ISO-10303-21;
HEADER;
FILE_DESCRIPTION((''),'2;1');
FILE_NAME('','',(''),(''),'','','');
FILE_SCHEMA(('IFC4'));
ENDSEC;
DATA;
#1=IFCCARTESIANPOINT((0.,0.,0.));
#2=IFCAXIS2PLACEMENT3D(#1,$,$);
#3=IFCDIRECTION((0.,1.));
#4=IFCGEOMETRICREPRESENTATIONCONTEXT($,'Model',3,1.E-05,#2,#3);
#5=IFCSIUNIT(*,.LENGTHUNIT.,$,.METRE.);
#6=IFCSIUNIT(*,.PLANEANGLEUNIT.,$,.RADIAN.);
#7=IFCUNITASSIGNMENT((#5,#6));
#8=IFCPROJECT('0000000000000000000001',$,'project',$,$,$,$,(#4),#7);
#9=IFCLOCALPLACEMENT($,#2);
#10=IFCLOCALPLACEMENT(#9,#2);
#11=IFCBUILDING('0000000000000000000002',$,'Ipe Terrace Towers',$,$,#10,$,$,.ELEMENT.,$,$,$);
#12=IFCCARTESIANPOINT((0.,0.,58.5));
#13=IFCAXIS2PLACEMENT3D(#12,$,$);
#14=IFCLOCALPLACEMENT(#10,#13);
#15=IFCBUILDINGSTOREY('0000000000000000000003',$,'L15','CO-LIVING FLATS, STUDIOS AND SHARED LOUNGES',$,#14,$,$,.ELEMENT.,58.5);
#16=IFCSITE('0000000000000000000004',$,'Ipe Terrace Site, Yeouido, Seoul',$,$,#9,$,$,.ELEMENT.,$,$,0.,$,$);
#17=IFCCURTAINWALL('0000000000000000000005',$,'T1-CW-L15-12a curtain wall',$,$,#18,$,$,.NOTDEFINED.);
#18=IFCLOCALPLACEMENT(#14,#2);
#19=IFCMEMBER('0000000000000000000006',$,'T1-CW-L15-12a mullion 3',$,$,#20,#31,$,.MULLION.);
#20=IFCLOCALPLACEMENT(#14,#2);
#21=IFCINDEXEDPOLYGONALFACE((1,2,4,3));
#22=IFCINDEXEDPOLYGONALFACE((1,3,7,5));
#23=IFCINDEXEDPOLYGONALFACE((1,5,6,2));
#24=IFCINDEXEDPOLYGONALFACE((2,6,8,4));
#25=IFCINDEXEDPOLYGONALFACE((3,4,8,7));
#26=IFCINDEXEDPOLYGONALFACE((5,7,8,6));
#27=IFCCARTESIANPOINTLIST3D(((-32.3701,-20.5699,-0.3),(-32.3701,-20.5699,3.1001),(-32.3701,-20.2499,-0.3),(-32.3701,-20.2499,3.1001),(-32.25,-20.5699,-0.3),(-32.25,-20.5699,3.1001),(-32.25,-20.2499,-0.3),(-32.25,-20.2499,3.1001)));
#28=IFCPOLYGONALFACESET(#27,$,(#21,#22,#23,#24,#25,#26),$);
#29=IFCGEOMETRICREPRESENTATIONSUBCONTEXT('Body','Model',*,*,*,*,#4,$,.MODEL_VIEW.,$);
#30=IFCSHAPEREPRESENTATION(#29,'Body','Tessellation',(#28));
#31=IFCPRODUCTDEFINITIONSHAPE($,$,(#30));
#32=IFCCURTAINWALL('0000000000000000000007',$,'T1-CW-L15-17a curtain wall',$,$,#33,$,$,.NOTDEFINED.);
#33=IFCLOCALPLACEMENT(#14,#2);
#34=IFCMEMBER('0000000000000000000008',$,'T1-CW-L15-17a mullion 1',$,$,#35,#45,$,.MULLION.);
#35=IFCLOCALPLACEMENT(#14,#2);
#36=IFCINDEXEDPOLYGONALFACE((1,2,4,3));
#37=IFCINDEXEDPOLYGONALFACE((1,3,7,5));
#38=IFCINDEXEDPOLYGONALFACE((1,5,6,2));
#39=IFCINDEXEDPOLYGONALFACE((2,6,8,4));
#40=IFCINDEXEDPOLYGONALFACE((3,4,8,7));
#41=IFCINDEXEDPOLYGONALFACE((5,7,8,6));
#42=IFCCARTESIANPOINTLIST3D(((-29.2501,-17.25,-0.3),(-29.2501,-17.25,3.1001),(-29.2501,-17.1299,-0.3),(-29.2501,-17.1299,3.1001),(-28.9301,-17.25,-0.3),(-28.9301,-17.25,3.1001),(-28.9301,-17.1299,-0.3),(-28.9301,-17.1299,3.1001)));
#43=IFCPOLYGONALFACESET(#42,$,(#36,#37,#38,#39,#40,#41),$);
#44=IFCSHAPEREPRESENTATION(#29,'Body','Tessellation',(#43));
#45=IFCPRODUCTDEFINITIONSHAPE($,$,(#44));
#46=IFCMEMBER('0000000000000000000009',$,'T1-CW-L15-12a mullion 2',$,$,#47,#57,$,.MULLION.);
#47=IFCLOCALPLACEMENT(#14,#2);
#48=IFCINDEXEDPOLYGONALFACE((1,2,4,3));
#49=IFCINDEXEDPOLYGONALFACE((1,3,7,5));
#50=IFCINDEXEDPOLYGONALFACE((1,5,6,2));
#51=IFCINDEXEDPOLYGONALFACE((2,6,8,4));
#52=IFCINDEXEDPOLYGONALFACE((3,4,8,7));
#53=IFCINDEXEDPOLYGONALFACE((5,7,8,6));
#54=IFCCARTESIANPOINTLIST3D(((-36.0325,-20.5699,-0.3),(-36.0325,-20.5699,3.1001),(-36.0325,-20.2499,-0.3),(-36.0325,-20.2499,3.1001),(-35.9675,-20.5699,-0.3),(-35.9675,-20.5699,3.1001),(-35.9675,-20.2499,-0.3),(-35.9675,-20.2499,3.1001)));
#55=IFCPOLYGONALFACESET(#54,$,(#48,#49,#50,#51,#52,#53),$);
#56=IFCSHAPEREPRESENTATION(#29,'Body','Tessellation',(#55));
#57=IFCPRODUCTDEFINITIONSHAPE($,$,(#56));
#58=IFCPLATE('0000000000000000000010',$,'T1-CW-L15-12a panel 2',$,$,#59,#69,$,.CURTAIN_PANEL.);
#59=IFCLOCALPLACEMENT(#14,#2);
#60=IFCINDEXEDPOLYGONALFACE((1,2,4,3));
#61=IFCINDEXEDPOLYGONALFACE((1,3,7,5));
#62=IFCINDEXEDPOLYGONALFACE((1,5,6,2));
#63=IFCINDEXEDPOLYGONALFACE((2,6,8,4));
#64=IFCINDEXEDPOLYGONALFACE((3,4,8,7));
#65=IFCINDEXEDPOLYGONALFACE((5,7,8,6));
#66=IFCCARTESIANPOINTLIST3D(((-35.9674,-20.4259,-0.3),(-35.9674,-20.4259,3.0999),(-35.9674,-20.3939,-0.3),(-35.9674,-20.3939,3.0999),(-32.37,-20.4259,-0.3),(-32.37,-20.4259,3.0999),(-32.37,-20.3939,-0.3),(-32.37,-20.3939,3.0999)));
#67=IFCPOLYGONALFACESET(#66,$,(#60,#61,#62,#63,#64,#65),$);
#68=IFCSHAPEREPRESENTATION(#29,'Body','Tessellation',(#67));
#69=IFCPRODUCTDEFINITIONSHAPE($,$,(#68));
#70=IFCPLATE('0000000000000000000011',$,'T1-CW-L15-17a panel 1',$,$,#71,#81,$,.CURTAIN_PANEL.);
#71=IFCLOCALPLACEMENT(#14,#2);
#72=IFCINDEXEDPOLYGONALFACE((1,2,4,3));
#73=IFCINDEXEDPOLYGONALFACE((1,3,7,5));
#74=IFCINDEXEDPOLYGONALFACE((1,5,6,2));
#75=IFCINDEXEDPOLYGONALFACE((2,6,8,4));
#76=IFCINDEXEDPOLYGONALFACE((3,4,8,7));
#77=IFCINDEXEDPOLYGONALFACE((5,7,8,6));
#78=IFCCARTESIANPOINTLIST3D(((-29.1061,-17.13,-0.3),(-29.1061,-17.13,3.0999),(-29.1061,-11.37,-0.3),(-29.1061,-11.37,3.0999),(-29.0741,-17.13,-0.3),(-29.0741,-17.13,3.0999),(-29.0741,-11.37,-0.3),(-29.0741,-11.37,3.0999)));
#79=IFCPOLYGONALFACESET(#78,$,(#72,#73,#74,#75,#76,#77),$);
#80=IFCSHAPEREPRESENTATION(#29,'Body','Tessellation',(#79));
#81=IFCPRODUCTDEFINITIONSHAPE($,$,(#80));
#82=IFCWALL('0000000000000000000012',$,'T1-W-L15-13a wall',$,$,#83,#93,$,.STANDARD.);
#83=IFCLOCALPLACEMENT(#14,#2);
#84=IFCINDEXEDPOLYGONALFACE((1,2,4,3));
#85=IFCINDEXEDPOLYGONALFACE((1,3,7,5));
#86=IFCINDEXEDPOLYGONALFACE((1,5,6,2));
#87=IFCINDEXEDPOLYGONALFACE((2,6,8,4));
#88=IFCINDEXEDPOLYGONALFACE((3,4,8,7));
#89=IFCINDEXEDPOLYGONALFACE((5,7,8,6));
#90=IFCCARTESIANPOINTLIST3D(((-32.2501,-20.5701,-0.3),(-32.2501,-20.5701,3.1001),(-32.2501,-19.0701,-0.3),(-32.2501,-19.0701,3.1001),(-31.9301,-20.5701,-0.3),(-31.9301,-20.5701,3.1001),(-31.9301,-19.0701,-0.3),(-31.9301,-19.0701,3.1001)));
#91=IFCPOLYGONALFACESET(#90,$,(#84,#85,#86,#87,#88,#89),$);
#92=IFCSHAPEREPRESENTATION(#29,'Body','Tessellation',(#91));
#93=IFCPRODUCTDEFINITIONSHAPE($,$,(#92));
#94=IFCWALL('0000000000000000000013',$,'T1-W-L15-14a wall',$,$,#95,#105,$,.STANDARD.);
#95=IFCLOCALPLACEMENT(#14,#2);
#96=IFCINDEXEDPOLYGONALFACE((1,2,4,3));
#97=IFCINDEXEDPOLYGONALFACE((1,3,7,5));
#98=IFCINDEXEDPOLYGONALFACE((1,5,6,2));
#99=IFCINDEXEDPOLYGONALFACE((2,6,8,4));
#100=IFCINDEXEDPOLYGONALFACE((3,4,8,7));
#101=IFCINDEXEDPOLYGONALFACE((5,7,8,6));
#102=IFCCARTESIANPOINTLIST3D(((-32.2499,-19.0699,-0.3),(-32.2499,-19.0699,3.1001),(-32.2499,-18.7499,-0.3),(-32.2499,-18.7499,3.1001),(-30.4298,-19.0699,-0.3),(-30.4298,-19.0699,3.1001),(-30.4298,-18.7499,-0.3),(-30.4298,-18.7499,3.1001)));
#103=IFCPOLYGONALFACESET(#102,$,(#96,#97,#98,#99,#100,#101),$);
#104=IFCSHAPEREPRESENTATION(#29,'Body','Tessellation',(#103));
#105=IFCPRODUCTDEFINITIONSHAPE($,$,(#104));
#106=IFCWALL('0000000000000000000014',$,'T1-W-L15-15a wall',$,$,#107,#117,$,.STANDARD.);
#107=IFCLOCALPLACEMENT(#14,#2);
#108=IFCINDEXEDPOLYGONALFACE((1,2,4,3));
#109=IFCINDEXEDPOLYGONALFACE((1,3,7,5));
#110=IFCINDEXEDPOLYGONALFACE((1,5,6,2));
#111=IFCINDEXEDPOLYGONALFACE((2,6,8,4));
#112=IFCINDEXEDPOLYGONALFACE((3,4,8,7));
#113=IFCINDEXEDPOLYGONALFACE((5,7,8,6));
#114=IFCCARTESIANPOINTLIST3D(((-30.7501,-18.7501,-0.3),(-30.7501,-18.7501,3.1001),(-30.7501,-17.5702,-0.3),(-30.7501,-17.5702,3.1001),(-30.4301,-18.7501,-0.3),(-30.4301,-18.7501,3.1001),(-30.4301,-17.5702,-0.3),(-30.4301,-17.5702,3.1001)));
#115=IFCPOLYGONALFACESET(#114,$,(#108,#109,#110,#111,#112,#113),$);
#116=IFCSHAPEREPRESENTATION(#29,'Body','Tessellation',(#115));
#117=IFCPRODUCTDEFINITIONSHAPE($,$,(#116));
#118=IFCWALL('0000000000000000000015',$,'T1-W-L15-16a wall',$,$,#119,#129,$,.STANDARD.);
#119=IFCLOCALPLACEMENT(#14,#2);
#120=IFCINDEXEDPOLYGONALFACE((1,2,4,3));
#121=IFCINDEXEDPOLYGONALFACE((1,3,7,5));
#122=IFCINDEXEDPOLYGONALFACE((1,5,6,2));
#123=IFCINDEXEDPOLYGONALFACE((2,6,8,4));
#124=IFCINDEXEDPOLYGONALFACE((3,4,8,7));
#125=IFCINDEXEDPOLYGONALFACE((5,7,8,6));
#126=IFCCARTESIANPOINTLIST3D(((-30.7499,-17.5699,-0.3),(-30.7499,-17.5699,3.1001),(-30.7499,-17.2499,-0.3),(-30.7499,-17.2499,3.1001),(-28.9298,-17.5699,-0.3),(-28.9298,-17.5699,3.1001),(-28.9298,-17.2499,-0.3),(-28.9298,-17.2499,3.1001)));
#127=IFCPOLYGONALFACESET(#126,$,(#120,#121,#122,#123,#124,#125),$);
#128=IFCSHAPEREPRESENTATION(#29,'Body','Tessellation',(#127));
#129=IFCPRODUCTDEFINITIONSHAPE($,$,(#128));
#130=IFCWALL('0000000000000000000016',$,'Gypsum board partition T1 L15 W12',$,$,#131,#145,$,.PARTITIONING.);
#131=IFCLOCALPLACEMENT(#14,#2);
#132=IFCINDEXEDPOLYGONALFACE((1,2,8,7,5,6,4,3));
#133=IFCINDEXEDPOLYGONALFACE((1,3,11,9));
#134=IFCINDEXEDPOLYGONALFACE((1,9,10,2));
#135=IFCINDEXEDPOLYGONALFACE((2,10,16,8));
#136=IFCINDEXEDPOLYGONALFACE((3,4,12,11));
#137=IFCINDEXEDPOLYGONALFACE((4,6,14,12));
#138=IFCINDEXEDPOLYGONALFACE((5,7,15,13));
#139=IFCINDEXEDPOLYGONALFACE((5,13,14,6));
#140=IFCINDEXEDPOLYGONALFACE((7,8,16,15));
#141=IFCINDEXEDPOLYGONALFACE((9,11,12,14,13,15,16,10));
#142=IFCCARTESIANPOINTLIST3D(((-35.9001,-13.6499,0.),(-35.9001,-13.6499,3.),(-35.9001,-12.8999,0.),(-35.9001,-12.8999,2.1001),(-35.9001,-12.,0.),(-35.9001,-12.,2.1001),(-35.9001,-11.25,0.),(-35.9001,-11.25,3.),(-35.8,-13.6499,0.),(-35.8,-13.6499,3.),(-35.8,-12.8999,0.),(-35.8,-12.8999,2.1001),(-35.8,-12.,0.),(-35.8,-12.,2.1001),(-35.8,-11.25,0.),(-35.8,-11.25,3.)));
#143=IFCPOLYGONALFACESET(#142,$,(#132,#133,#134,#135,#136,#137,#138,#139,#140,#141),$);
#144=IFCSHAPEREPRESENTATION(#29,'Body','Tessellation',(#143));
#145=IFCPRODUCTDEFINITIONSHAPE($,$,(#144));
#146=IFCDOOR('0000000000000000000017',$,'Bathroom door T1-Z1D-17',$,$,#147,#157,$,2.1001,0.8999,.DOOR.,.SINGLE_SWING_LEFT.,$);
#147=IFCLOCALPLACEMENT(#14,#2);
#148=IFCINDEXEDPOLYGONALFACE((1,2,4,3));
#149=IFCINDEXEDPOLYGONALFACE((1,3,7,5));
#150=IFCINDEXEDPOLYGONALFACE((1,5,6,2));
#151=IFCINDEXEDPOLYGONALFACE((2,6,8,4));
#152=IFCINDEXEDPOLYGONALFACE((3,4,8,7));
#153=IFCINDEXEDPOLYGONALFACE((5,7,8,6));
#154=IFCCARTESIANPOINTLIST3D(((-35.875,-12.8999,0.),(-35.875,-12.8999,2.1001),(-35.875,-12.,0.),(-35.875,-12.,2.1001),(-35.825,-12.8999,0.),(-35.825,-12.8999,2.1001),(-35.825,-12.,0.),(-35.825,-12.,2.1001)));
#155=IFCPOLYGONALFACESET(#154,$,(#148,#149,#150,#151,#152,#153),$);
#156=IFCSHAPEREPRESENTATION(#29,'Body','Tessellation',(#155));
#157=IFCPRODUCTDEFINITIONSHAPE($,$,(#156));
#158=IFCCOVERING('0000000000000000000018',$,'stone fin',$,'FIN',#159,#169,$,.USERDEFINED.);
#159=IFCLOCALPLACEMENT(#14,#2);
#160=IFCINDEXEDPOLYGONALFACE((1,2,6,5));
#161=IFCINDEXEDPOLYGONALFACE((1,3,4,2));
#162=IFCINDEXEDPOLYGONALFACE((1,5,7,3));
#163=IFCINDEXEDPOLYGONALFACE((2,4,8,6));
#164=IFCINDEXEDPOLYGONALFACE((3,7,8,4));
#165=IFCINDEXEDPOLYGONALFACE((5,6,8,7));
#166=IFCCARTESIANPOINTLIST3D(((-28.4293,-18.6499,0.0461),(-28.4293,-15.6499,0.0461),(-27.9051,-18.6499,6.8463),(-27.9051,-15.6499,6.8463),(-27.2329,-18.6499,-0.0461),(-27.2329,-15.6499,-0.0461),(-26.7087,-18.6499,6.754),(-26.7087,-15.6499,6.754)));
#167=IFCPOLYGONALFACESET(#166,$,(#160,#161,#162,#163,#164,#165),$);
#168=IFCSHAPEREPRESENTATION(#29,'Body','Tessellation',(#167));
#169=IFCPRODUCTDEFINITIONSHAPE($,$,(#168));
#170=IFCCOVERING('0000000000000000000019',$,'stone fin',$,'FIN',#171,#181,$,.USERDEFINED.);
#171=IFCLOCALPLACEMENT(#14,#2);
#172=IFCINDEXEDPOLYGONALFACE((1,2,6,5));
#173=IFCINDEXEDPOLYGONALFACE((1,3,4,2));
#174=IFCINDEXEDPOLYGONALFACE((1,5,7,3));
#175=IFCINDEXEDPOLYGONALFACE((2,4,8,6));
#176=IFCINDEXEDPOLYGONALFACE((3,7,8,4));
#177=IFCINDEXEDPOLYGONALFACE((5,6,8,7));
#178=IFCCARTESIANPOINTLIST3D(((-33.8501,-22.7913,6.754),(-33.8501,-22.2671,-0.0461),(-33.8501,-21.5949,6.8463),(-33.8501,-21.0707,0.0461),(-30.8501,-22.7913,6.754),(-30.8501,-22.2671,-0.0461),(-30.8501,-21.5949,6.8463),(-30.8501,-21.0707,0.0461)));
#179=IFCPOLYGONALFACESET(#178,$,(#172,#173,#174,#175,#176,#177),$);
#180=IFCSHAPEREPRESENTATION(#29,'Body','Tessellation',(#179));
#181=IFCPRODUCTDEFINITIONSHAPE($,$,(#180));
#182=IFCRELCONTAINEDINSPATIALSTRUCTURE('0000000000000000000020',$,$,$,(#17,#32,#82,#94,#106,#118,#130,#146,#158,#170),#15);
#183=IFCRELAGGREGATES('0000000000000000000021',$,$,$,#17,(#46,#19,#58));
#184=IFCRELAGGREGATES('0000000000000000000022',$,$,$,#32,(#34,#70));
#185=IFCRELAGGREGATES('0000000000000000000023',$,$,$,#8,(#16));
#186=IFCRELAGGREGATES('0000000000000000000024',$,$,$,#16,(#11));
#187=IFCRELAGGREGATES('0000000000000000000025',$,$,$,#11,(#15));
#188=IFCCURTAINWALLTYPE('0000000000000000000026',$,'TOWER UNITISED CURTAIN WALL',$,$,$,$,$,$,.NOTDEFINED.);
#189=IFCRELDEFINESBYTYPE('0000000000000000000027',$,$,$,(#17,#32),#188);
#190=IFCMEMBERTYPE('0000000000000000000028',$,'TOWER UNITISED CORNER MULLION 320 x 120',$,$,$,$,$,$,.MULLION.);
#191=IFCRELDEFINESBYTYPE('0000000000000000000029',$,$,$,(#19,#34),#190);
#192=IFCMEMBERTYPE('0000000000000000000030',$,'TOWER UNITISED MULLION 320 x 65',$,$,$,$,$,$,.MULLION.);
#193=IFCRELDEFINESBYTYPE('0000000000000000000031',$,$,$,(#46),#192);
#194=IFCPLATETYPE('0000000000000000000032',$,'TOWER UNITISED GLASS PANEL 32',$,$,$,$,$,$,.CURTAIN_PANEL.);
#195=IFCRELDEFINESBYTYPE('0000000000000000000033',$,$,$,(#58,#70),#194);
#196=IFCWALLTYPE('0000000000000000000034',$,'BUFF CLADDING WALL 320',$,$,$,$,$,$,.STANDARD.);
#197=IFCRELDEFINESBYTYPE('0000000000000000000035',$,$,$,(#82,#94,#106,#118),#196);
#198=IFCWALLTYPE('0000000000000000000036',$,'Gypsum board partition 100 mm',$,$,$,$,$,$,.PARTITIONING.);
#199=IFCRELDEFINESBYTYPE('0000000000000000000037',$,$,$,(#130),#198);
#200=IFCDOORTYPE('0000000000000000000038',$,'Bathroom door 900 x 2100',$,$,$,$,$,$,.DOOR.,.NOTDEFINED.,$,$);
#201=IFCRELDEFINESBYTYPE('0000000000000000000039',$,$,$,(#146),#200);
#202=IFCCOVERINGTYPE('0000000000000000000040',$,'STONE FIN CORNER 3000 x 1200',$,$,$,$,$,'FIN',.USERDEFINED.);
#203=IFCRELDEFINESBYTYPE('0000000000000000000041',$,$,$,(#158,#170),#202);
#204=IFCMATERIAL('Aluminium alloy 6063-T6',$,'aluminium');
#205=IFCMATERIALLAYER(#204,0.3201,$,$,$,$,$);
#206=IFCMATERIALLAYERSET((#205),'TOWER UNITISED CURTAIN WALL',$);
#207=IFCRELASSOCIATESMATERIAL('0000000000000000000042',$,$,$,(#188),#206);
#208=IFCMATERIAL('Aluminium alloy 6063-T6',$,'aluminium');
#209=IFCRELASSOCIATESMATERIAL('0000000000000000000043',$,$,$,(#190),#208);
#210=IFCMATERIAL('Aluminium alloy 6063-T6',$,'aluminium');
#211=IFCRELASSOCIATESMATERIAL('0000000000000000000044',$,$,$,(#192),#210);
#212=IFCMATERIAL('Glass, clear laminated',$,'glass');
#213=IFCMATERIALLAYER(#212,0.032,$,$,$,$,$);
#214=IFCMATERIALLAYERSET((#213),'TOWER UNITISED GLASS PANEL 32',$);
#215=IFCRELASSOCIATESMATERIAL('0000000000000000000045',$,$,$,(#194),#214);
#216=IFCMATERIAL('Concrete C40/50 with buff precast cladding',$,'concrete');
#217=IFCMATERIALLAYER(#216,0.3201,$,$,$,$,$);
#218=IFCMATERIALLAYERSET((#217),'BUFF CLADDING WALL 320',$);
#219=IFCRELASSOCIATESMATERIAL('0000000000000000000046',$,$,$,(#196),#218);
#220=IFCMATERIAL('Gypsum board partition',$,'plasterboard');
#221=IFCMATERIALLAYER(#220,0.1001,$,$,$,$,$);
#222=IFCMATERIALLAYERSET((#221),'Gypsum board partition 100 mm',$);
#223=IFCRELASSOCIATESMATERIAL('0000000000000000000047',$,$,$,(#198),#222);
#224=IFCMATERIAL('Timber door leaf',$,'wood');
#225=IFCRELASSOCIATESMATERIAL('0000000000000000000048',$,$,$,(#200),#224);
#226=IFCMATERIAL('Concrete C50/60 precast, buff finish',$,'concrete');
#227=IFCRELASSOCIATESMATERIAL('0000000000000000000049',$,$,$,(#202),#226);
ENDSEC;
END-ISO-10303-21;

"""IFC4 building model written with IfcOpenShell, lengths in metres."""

from ifc_helpers import new_model, si_unit, direction, frame, frame_2d, origin, origin_2d, place, context, subcontext, project, spatial, rectangle, extrude, material, layer, layer_set, material_profile, profile_set, type_object, element, fill, aggregate, save


model = new_model("IFC4")

# Units and contexts
model_context = context("Model", 3, precision=1e-05, world=origin(), true_north=direction((0.0, 1.0)))
body_context = subcontext(model_context, "Body", "Model", "MODEL_VIEW")
ifc_project = project(units=[si_unit("LENGTHUNIT", "METRE"), si_unit("PLANEANGLEUNIT", "RADIAN")], contexts=[model_context])

# Site, building, storey
site_placement = place(None, origin())
site = spatial("IfcSite", under=ifc_project, at=site_placement, Name="Ipe Terrace Site, Yeouido, Seoul", CompositionType="ELEMENT", RefElevation=0.0)
building_placement = place(site_placement, origin())
building = spatial("IfcBuilding", under=site, at=building_placement, Name="Ipe Terrace Towers", CompositionType="ELEMENT")
storey_placement = place(building_placement, frame((0.0, 0.0, 58.5)))
storey = spatial("IfcBuildingStorey", under=building, at=storey_placement, Name="L15", Description="CO-LIVING FLATS, STUDIOS AND SHARED LOUNGES", CompositionType="ELEMENT", Elevation=58.5)

# Curtain walls, members
ifc_material_1 = material(Name="Aluminium alloy 6063-T6", Category="aluminium")
ifc_layer_1 = layer(ifc_material_1, 0.3201)
ifc_layer_set_1 = layer_set([ifc_layer_1], Name="TOWER UNITISED CURTAIN WALL")
curtain_wall_type = type_object("IfcCurtainWallType", Name="TOWER UNITISED CURTAIN WALL", PredefinedType="NOTDEFINED", material=ifc_layer_set_1)
curtain_wall_1_placement = place(storey_placement, origin())
curtain_wall_1 = element("IfcCurtainWall", 1, at=curtain_wall_1_placement, inside=storey, type_object=curtain_wall_type, Name="T1-CW-L15-12a curtain wall", PredefinedType="NOTDEFINED")
ifc_material_2 = material(Name="Aluminium alloy 6063-T6", Category="aluminium")
ifc_material_profile_1 = material_profile(ifc_material_2, rectangle(XDim=0.3201, YDim=0.1201, at=origin_2d()), Name="TOWER UNITISED CORNER MULLION 320 x 120")
ifc_profile_set_1 = profile_set([ifc_material_profile_1], Name="Aluminium alloy 6063-T6")
member_type_1 = type_object("IfcMemberType", Name="TOWER UNITISED CORNER MULLION 320 x 120", PredefinedType="MULLION", material=ifc_profile_set_1)
member_1_placement = place(storey_placement, frame((-32.3101, -20.4099, -0.3), z_axis=(0.0, 0.0, 1.0), x_axis=(0.0, -1.0, 0.0)))
member_1 = element("IfcMember", 2, at=member_1_placement, type_object=member_type_1, Name="T1-CW-L15-12a mullion 3", PredefinedType="MULLION", context=body_context, shape_type="SweptSolid", body=[
    extrude(rectangle(XDim=0.3201, YDim=0.1201, at=origin_2d()), origin(), (0.0, 0.0, 1.0), 3.4001),
])
curtain_wall_2_placement = place(storey_placement, origin())
curtain_wall_2 = element("IfcCurtainWall", 3, at=curtain_wall_2_placement, inside=storey, type_object=curtain_wall_type, Name="T1-CW-L15-17a curtain wall", PredefinedType="NOTDEFINED")
member_2_placement = place(storey_placement, frame((-29.0901, -17.1899, -0.3), z_axis=(0.0, 0.0, 1.0), x_axis=(1.0, 0.0, 0.0)))
member_2 = element("IfcMember", 4, at=member_2_placement, type_object=member_type_1, Name="T1-CW-L15-17a mullion 1", PredefinedType="MULLION", context=body_context, shape_type="SweptSolid", body=[
    extrude(rectangle(XDim=0.3201, YDim=0.1201, at=origin_2d()), origin(), (0.0, 0.0, 1.0), 3.4001),
])

# Member
ifc_material_3 = material(Name="Aluminium alloy 6063-T6", Category="aluminium")
ifc_material_profile_2 = material_profile(ifc_material_3, rectangle(XDim=0.3201, YDim=0.0649, at=origin_2d()), Name="TOWER UNITISED MULLION 320 x 65")
ifc_profile_set_2 = profile_set([ifc_material_profile_2], Name="Aluminium alloy 6063-T6")
member_type_2 = type_object("IfcMemberType", Name="TOWER UNITISED MULLION 320 x 65", PredefinedType="MULLION", material=ifc_profile_set_2)
member_3_placement = place(storey_placement, frame((-36.0, -20.4099, -0.3), z_axis=(0.0, 0.0, 1.0), x_axis=(0.0, -1.0, 0.0)))
member_3 = element("IfcMember", 5, at=member_3_placement, type_object=member_type_2, Name="T1-CW-L15-12a mullion 2", PredefinedType="MULLION", context=body_context, shape_type="SweptSolid", body=[
    extrude(rectangle(XDim=0.3201, YDim=0.0649, at=origin_2d()), origin(), (0.0, 0.0, 1.0), 3.4001),
])

# Plates
ifc_material_4 = material(Name="Glass, clear laminated", Category="glass")
ifc_layer_2 = layer(ifc_material_4, 0.032)
ifc_layer_set_2 = layer_set([ifc_layer_2], Name="TOWER UNITISED GLASS PANEL 32")
plate_type = type_object("IfcPlateType", Name="TOWER UNITISED GLASS PANEL 32", PredefinedType="CURTAIN_PANEL", material=ifc_layer_set_2)
plate_1_placement = place(storey_placement, frame((-34.1687, -20.4099, -0.3), z_axis=(0.0, 0.0, 1.0), x_axis=(1.0, 0.0, 0.0)))
plate_1 = element("IfcPlate", 6, at=plate_1_placement, type_object=plate_type, Name="T1-CW-L15-12a panel 2", PredefinedType="CURTAIN_PANEL", context=body_context, shape_type="SweptSolid", body=[
    extrude(rectangle(XDim=3.5974, YDim=0.032, at=origin_2d()), origin(), (0.0, 0.0, 1.0), 3.3999),
])
aggregate(curtain_wall_1, [member_3, member_1, plate_1])
plate_2_placement = place(storey_placement, frame((-29.0901, -14.25, -0.3), z_axis=(0.0, 0.0, 1.0), x_axis=(0.0, 1.0, 0.0)))
plate_2 = element("IfcPlate", 7, at=plate_2_placement, type_object=plate_type, Name="T1-CW-L15-17a panel 1", PredefinedType="CURTAIN_PANEL", context=body_context, shape_type="SweptSolid", body=[
    extrude(rectangle(XDim=5.76, YDim=0.032, at=origin_2d()), origin(), (0.0, 0.0, 1.0), 3.3999),
])
aggregate(curtain_wall_2, [member_2, plate_2])

# Walls
ifc_material_5 = material(Name="Concrete C40/50 with buff precast cladding", Category="concrete")
ifc_layer_3 = layer(ifc_material_5, 0.3201)
ifc_layer_set_3 = layer_set([ifc_layer_3], Name="BUFF CLADDING WALL 320")
wall_type_1 = type_object("IfcWallType", Name="BUFF CLADDING WALL 320", PredefinedType="STANDARD", material=ifc_layer_set_3)
wall_1_placement = place(storey_placement, frame((-32.0901, -20.5701, -0.3), z_axis=(0.0, 0.0, 1.0), x_axis=(0.0, 1.0, 0.0)))
element("IfcWall", 8, at=wall_1_placement, inside=storey, type_object=wall_type_1, Name="T1-W-L15-13a wall", PredefinedType="STANDARD", context=body_context, shape_type="SweptSolid", body=[
    extrude(rectangle(XDim=1.5, YDim=0.3201, at=frame_2d((0.75, 0.0))), origin(), (0.0, 0.0, 1.0), 3.4001),
])
wall_2_placement = place(storey_placement, frame((-32.25, -18.9099, -0.3), z_axis=(0.0, 0.0, 1.0), x_axis=(1.0, 0.0, 0.0)))
element("IfcWall", 9, at=wall_2_placement, inside=storey, type_object=wall_type_1, Name="T1-W-L15-14a wall", PredefinedType="STANDARD", context=body_context, shape_type="SweptSolid", body=[
    extrude(rectangle(XDim=1.8201, YDim=0.3201, at=frame_2d((0.9102, 0.0))), origin(), (0.0, 0.0, 1.0), 3.4001),
])
wall_3_placement = place(storey_placement, frame((-30.5901, -18.75, -0.3), z_axis=(0.0, 0.0, 1.0), x_axis=(0.0, 1.0, 0.0)))
element("IfcWall", 10, at=wall_3_placement, inside=storey, type_object=wall_type_1, Name="T1-W-L15-15a wall", PredefinedType="STANDARD", context=body_context, shape_type="SweptSolid", body=[
    extrude(rectangle(XDim=1.1799, YDim=0.3201, at=frame_2d((0.5898, 0.0))), origin(), (0.0, 0.0, 1.0), 3.4001),
])
wall_4_placement = place(storey_placement, frame((-30.75, -17.4099, -0.3), z_axis=(0.0, 0.0, 1.0), x_axis=(1.0, 0.0, 0.0)))
element("IfcWall", 11, at=wall_4_placement, inside=storey, type_object=wall_type_1, Name="T1-W-L15-16a wall", PredefinedType="STANDARD", context=body_context, shape_type="SweptSolid", body=[
    extrude(rectangle(XDim=1.8201, YDim=0.3201, at=frame_2d((0.9102, 0.0))), origin(), (0.0, 0.0, 1.0), 3.4001),
])

# Wall, opening, door
ifc_material_6 = material(Name="Gypsum board partition", Category="plasterboard")
ifc_layer_4 = layer(ifc_material_6, 0.1001)
ifc_layer_set_4 = layer_set([ifc_layer_4], Name="Gypsum board partition 100 mm")
wall_type_2 = type_object("IfcWallType", Name="Gypsum board partition 100 mm", PredefinedType="PARTITIONING", material=ifc_layer_set_4)
wall_5_placement = place(storey_placement, frame((-35.8501, -13.6499, 0.0), z_axis=(0.0, 0.0, 1.0), x_axis=(0.0, 1.0, 0.0)))
wall_5 = element("IfcWall", 12, at=wall_5_placement, inside=storey, type_object=wall_type_2, Name="Gypsum board partition T1 L15 W12", PredefinedType="PARTITIONING", context=body_context, shape_type="SweptSolid", body=[
    extrude(rectangle(XDim=2.3999, YDim=0.1001, at=frame_2d((1.2, 0.0))), origin(), (0.0, 0.0, 1.0), 3.0),
])
opening_placement = place(wall_5_placement, frame((0.75, 0.0, 0.0)))
opening = element("IfcOpeningElement", 13, at=opening_placement, cuts=wall_5, PredefinedType="OPENING", context=body_context, shape_type="SweptSolid", body=[
    extrude(rectangle(XDim=0.8999, YDim=2.1001, at=frame_2d((0.45, 1.05))), frame((0.0, 0.0601, 0.0), z_axis=(0.0, -1.0, 0.0), x_axis=(1.0, 0.0, 0.0)), (0.0, 0.0, 1.0), 0.1201),
])
ifc_material_7 = material(Name="Timber door leaf", Category="wood")
door_type = type_object("IfcDoorType", Name="Bathroom door 900 x 2100", OperationType="NOTDEFINED", PredefinedType="DOOR", material=ifc_material_7)
door_placement = place(opening_placement, origin())
door = element("IfcDoor", 14, at=door_placement, inside=storey, type_object=door_type, Name="Bathroom door T1-Z1D-17", OperationType="SINGLE_SWING_LEFT", OverallHeight=2.1001, OverallWidth=0.8999, PredefinedType="DOOR", context=body_context, shape_type="SweptSolid", body=[
    extrude(rectangle(XDim=0.8999, YDim=2.1001, at=frame_2d((0.45, 1.05))), frame((0.0, 0.0249, 0.0), z_axis=(0.0, -1.0, 0.0), x_axis=(1.0, 0.0, 0.0)), (0.0, 0.0, 1.0), 0.05),
])
fill(opening, door)

# Coverings
ifc_material_8 = material(Name="Concrete C50/60 precast, buff finish", Category="concrete")
ifc_material_profile_3 = material_profile(ifc_material_8, rectangle(XDim=3.0, YDim=1.2, at=origin_2d()), Name="STONE FIN CORNER 3000 x 1200")
ifc_profile_set_3 = profile_set([ifc_material_profile_3], Name="Concrete C50/60 precast, buff finish")
covering_type_1 = type_object("IfcCoveringType", Name="STONE FIN CORNER 3000 x 1200", ElementType="FIN", PredefinedType="USERDEFINED", material=ifc_profile_set_3)
for number, where, z_axis, x_axis, name in (
    (15, (-27.8311, -17.1499, 0.0), (0.076855, 0.0, 0.997042), (0.0, 1.0, 0.0), "stone fin"),
    (16, (-32.3501, -21.6689, 0.0), (0.0, -0.076855, 0.997042), (1.0, 0.0, 0.0), "stone fin"),
):
    element("IfcCovering", number, at=place(storey_placement, frame(where, z_axis=z_axis, x_axis=x_axis)), inside=storey, type_object=covering_type_1, Name=name, ObjectType="FIN", PredefinedType="USERDEFINED", context=body_context, shape_type="SweptSolid", body=[
        extrude(rectangle(XDim=3.0, YDim=1.2, at=origin_2d()), origin(), (0.0, 0.0, 1.0), 6.8203),
    ])

save(model, "model.ifc")
